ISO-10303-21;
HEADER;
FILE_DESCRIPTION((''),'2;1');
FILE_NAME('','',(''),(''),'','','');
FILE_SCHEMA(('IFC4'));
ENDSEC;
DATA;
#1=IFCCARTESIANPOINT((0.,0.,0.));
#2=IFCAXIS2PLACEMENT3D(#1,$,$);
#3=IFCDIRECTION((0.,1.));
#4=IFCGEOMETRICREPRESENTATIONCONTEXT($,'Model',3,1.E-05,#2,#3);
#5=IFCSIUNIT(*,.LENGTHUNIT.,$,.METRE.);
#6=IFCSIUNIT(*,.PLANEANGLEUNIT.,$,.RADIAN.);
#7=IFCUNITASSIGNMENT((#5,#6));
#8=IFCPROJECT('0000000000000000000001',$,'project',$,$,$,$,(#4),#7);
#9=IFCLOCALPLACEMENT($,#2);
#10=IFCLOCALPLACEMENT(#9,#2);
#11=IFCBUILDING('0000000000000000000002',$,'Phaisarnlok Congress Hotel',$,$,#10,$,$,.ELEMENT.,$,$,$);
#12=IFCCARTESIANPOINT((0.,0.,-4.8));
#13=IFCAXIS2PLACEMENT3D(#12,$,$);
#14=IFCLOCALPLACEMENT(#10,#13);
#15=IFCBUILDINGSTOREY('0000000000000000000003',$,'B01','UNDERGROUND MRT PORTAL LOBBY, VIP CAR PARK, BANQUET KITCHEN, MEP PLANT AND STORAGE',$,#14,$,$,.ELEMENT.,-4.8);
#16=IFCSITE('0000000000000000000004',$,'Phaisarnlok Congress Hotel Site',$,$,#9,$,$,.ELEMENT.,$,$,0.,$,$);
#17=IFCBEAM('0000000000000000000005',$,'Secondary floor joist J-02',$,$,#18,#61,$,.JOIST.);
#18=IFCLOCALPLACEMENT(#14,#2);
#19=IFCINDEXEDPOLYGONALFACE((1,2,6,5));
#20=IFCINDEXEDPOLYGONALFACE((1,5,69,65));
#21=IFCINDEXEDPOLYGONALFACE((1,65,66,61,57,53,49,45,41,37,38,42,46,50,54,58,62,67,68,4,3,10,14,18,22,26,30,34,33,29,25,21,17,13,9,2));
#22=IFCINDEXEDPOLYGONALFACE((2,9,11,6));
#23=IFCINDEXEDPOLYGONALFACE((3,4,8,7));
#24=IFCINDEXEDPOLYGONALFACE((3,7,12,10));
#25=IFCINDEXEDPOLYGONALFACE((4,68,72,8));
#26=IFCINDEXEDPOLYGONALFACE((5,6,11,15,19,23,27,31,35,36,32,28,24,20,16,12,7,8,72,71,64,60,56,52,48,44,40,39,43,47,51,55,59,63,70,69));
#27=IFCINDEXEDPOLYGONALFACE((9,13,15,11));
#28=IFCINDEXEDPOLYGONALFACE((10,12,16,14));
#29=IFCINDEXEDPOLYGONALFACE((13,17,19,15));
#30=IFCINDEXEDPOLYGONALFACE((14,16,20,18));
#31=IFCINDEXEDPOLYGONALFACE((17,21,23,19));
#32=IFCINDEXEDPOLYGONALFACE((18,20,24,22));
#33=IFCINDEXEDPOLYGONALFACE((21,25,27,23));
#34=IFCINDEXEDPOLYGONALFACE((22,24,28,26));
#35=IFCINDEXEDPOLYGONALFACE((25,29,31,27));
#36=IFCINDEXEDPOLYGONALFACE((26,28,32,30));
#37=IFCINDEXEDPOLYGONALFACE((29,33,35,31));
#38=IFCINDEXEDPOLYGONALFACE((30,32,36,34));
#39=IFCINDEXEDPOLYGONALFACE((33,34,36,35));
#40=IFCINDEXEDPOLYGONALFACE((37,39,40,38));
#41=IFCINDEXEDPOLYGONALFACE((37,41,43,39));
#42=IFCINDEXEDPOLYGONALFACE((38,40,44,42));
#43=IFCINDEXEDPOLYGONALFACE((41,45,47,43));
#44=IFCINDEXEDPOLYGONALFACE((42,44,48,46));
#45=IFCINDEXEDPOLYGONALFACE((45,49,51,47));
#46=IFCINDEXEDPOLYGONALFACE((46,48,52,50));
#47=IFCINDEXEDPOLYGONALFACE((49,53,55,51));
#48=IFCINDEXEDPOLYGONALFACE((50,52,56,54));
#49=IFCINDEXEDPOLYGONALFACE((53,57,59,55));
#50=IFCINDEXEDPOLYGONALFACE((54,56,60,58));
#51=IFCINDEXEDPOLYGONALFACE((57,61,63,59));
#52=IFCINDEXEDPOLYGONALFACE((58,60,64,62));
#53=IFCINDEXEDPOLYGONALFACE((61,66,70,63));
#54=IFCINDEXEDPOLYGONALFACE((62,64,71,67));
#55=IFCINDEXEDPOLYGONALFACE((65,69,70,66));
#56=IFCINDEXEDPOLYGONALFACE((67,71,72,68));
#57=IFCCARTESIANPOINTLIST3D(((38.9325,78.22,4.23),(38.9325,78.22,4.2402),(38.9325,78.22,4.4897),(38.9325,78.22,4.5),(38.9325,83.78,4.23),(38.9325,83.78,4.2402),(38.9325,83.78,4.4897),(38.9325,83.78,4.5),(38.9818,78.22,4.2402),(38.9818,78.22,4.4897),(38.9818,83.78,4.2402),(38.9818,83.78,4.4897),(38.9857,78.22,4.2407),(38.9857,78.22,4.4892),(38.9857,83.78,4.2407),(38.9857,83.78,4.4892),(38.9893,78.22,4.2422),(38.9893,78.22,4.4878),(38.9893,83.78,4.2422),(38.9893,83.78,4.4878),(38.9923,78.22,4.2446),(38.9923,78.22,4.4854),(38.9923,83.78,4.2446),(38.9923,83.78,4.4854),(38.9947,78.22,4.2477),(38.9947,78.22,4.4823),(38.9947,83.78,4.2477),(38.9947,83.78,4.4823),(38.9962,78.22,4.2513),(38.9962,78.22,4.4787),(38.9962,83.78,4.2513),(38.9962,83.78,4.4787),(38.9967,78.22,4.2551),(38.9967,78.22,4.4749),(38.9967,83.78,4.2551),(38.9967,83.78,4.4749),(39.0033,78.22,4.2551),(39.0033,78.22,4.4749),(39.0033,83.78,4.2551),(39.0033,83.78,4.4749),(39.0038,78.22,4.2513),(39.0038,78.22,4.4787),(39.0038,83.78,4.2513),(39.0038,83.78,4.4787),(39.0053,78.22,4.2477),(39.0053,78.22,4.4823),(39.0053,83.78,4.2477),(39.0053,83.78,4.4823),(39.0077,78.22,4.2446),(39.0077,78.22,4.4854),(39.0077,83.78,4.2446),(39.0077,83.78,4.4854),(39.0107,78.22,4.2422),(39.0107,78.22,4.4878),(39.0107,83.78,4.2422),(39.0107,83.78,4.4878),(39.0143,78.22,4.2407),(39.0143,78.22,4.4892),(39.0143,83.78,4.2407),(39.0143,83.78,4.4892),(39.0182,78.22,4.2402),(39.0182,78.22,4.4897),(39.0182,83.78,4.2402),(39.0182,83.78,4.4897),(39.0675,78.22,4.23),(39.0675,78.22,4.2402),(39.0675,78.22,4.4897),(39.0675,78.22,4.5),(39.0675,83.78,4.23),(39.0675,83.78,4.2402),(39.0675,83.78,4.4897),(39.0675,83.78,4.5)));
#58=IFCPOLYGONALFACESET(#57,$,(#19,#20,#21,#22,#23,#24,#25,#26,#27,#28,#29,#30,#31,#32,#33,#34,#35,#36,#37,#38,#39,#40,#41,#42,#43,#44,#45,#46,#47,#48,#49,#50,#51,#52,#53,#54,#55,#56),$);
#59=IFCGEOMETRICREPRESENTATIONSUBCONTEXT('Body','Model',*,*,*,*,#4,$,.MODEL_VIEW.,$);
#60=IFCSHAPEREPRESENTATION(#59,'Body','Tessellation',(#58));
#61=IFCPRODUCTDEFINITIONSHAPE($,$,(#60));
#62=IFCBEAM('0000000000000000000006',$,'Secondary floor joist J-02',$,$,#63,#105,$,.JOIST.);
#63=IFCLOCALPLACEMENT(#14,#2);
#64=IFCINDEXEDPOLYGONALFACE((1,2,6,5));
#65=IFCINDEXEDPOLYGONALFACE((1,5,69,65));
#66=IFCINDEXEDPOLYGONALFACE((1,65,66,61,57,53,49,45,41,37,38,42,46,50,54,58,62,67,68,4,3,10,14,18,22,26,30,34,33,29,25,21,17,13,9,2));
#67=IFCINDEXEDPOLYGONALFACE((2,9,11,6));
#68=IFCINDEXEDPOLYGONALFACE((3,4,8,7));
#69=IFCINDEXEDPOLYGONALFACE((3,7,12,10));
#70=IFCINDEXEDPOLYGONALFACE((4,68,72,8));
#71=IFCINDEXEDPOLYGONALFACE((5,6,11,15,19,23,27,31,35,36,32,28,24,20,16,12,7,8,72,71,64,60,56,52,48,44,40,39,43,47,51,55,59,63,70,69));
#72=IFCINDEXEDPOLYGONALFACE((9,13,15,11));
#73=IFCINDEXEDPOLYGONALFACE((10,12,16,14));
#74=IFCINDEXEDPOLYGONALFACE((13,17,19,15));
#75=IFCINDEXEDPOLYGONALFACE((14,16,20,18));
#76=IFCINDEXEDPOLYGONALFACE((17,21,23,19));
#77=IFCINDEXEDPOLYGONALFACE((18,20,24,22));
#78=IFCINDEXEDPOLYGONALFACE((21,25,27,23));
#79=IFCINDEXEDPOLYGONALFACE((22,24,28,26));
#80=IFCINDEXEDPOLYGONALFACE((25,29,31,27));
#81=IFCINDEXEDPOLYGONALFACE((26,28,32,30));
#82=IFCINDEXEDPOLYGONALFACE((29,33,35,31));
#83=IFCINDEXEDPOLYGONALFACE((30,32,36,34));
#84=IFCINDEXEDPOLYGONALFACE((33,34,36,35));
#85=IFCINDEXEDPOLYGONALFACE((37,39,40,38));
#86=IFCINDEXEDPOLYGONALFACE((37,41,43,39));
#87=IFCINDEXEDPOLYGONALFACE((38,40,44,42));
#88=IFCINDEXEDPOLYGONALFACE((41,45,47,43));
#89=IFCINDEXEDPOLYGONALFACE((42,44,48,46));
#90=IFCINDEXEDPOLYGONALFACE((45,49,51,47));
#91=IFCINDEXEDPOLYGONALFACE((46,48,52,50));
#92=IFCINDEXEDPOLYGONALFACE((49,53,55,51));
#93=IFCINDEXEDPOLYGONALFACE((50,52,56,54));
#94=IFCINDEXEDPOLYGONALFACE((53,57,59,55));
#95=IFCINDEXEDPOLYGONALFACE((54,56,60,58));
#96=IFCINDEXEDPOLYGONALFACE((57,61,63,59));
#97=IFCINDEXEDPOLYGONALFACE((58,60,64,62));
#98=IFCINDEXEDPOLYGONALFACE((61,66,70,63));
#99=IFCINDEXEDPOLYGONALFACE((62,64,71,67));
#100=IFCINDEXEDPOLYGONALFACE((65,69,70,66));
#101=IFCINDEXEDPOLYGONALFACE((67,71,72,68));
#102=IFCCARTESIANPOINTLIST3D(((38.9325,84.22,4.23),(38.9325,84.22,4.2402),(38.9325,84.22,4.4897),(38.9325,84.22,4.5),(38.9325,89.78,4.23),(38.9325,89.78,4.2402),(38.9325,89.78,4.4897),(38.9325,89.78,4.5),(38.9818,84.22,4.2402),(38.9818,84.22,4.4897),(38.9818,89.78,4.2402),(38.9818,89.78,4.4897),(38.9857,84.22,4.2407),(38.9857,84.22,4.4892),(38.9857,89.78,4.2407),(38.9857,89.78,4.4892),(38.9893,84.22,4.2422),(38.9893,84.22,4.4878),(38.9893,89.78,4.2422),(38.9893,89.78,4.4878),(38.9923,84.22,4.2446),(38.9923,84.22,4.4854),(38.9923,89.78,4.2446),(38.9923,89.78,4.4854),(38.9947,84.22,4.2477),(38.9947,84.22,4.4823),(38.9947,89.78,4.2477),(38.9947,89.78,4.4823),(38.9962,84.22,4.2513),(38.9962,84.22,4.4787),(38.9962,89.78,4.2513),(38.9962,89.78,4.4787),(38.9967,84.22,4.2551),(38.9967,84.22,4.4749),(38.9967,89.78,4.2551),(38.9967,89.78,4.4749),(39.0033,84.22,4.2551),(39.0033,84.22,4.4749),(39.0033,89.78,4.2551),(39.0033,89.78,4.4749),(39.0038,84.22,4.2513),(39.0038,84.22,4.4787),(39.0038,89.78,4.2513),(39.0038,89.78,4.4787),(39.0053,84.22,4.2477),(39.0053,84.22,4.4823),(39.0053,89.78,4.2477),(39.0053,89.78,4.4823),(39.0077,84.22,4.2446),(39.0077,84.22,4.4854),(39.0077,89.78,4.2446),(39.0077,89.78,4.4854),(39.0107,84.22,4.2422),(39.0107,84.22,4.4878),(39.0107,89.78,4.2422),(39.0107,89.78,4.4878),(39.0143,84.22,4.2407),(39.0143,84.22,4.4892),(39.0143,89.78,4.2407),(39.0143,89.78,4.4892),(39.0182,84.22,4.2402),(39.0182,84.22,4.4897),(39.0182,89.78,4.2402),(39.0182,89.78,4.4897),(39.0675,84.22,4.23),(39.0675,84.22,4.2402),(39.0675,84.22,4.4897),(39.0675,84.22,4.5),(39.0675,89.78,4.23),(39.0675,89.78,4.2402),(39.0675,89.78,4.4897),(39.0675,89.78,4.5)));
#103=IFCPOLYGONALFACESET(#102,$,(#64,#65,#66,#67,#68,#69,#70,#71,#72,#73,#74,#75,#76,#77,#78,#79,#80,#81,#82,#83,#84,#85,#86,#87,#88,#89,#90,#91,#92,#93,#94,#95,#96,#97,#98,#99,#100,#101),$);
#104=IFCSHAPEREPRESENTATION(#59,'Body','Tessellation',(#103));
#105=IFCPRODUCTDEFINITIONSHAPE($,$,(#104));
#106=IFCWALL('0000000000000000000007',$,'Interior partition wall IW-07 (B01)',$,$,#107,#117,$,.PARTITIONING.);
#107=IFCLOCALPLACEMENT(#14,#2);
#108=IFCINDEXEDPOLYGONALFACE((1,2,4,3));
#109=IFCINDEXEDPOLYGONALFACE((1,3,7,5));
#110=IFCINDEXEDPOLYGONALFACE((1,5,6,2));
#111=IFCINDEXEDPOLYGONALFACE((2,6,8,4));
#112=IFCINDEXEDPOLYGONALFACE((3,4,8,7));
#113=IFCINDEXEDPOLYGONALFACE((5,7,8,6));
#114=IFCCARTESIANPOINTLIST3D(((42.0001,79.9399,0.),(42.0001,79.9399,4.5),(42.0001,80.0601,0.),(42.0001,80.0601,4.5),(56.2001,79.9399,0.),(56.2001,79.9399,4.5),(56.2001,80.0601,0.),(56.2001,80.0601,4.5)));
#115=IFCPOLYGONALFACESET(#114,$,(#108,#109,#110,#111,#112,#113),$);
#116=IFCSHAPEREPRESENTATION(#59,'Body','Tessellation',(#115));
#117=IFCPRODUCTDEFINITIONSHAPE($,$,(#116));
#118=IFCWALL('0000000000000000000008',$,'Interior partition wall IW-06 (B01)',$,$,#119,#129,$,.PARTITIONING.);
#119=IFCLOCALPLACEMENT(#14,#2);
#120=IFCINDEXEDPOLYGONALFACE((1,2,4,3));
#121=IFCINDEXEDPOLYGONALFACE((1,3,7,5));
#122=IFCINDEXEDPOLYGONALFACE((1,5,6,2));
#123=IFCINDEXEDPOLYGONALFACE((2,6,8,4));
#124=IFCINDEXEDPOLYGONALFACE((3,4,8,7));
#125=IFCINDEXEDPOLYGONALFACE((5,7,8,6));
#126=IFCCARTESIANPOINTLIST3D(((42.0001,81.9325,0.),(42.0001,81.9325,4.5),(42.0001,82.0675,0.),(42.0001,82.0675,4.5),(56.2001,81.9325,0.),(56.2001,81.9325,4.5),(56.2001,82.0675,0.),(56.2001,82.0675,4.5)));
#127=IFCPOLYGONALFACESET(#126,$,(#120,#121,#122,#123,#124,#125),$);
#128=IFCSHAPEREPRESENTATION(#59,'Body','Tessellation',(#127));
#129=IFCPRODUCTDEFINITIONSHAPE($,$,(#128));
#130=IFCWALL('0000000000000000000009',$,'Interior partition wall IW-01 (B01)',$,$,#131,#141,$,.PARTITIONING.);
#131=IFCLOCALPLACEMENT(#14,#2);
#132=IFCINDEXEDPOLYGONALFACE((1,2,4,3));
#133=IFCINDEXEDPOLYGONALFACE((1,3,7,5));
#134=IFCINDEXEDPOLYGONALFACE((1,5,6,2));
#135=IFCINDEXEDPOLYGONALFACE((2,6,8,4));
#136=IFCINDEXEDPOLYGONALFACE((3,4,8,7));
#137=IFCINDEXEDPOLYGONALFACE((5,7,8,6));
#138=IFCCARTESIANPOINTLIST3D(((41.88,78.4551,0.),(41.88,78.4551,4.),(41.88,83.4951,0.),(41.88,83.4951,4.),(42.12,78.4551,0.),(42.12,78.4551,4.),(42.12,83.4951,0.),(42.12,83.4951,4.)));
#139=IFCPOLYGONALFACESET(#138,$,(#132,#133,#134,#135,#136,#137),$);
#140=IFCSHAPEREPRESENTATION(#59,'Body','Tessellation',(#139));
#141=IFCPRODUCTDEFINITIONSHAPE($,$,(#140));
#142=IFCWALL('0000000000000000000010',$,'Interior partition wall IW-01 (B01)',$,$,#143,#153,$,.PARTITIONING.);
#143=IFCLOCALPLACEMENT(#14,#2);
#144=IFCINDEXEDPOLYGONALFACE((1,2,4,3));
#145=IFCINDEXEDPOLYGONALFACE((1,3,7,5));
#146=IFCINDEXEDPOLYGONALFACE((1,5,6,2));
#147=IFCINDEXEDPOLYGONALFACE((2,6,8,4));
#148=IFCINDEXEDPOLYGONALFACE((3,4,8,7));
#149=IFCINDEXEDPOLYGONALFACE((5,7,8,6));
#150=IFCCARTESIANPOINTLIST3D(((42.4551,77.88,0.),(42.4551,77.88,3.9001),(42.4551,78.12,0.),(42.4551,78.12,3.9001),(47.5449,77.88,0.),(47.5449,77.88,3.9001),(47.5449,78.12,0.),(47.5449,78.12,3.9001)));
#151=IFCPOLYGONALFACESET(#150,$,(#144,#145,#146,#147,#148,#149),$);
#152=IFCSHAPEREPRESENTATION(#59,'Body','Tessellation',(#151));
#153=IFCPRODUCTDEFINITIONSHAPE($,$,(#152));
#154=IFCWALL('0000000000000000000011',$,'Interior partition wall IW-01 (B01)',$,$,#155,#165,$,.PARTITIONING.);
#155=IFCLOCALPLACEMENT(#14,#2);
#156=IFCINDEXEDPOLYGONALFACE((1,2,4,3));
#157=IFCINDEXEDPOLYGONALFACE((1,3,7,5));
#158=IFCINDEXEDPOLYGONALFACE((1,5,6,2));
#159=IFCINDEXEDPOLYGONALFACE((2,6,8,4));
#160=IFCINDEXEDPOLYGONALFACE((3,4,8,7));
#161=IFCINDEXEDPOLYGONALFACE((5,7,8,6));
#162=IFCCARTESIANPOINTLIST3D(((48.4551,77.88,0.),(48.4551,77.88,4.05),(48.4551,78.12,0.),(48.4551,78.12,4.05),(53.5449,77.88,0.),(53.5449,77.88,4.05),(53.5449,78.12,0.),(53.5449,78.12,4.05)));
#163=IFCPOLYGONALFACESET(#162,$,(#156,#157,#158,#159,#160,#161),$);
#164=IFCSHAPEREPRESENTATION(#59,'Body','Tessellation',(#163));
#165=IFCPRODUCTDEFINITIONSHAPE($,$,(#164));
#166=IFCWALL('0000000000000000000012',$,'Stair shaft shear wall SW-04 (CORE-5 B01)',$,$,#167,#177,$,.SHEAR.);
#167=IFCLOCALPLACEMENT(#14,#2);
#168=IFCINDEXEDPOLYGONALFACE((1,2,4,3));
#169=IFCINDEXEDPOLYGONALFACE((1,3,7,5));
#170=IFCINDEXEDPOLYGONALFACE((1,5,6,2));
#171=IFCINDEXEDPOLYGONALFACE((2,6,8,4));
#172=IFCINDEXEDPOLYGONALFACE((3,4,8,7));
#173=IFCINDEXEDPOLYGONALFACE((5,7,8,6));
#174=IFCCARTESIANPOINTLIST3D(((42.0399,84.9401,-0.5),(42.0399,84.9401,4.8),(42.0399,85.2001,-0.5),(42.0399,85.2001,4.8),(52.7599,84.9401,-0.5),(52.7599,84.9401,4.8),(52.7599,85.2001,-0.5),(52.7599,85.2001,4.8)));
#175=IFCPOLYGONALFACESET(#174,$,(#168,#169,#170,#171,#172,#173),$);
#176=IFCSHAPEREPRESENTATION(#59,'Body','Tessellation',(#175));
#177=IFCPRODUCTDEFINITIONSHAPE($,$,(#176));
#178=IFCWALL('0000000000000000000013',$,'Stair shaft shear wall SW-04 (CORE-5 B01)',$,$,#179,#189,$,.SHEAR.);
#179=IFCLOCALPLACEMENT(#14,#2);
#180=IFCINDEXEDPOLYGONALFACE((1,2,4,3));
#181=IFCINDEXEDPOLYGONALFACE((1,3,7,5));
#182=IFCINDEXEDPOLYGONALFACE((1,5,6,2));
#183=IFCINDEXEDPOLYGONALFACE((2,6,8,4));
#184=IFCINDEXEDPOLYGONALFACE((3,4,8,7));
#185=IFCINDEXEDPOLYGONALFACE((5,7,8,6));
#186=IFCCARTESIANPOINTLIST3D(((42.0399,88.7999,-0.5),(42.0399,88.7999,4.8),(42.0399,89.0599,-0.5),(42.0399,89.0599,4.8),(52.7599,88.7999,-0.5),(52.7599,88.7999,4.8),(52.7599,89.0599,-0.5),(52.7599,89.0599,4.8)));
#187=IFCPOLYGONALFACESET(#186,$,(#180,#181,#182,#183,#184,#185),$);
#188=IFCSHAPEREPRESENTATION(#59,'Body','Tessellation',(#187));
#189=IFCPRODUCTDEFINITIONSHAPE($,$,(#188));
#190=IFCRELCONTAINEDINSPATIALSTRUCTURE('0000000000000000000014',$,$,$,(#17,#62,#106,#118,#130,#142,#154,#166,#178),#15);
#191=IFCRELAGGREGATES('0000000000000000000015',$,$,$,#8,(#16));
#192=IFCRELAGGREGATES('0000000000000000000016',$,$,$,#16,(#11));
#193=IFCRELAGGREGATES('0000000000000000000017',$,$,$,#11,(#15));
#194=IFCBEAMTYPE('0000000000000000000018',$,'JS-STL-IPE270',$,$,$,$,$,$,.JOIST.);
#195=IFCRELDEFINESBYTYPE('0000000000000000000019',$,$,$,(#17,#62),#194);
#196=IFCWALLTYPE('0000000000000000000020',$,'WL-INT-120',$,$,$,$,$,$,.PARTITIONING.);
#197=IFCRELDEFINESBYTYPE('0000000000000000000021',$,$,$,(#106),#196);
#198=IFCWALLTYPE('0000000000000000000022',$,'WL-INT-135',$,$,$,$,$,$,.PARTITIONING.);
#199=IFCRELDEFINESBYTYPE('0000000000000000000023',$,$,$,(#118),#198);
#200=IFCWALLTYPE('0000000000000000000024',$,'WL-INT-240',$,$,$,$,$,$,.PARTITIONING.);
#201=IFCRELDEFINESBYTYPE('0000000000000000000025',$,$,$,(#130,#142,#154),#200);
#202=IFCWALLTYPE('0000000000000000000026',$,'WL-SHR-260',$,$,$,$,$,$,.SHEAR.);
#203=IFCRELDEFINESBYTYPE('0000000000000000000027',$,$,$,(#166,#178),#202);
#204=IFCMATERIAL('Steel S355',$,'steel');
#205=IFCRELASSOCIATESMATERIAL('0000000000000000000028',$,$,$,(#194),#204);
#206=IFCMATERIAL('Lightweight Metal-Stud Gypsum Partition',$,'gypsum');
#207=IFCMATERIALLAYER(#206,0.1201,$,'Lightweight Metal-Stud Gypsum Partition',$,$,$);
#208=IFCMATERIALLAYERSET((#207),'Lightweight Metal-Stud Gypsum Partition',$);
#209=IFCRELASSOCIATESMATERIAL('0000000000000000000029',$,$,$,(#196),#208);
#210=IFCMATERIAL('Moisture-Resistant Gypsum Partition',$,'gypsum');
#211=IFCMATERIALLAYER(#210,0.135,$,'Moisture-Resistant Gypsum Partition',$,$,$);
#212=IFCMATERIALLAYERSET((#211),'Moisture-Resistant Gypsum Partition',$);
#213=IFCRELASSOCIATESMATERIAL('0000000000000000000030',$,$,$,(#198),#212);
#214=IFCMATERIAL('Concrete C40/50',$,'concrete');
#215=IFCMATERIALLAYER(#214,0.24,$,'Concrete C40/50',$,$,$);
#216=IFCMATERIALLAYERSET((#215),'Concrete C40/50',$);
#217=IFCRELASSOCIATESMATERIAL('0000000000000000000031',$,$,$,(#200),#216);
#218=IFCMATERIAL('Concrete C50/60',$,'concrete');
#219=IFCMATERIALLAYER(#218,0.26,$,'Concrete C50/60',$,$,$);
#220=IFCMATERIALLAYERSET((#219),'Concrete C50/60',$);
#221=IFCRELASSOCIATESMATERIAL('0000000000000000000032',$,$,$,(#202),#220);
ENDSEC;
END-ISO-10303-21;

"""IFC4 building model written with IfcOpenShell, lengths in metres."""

from ifc_helpers import new_model, si_unit, direction, frame, frame_2d, origin, origin_2d, place, context, subcontext, project, spatial, rectangle, i_section, extrude, material, layer, layer_set, material_profile, profile_set, type_object, element, save


model = new_model("IFC4")

# Units and contexts
model_context = context("Model", 3, precision=1e-05, world=origin(), true_north=direction((0.0, 1.0)))
body_context = subcontext(model_context, "Body", "Model", "MODEL_VIEW")
ifc_project = project(units=[si_unit("LENGTHUNIT", "METRE"), si_unit("PLANEANGLEUNIT", "RADIAN")], contexts=[model_context])

# Site, building, storey
site_placement = place(None, origin())
site = spatial("IfcSite", under=ifc_project, at=site_placement, Name="Phaisarnlok Congress Hotel Site", CompositionType="ELEMENT", RefElevation=0.0)
building_placement = place(site_placement, origin())
building = spatial("IfcBuilding", under=site, at=building_placement, Name="Phaisarnlok Congress Hotel", CompositionType="ELEMENT")
storey_placement = place(building_placement, frame((0.0, 0.0, -4.8)))
storey = spatial("IfcBuildingStorey", under=building, at=storey_placement, Name="B01", Description="UNDERGROUND MRT PORTAL LOBBY, VIP CAR PARK, BANQUET KITCHEN, MEP PLANT AND STORAGE", CompositionType="ELEMENT", Elevation=-4.8)

# Shared definitions
ifc_material_1 = material(Name="Concrete C40/50", Category="concrete")

# Shared definitions
ifc_material_2 = material(Name="Concrete C50/60", Category="concrete")

# Beams
ifc_material_3 = material(Name="Steel S355", Category="steel")
ifc_material_profile_1 = material_profile(ifc_material_3, i_section(OverallWidth=0.135, OverallDepth=0.27, WebThickness=0.0066, FlangeThickness=0.0103, FilletRadius=0.0149, at=origin_2d()), Name="IPE 270")
ifc_profile_set_1 = profile_set([ifc_material_profile_1], Name="Steel S355")
beam_type_1 = type_object("IfcBeamType", Name="JS-STL-IPE270", PredefinedType="JOIST", material=ifc_profile_set_1)
for number, where, z_axis, x_axis, name in (
    (1, (39.0, 78.22, 4.365), (0.0, 1.0, 0.0), (-1.0, 0.0, 0.0), "Secondary floor joist J-02"),
    (2, (39.0, 84.22, 4.365), (0.0, 1.0, 0.0), (-1.0, 0.0, 0.0), "Secondary floor joist J-02"),
):
    element("IfcBeam", number, at=place(storey_placement, frame(where, z_axis=z_axis, x_axis=x_axis)), inside=storey, type_object=beam_type_1, Name=name, PredefinedType="JOIST", context=body_context, shape_type="SweptSolid", body=[
        extrude(i_section(OverallWidth=0.135, OverallDepth=0.27, WebThickness=0.0066, FlangeThickness=0.0103, FilletRadius=0.0149, at=origin_2d()), origin(), (0.0, 0.0, 1.0), 5.5601),
    ])

# Walls
ifc_material_4 = material(Name="Lightweight Metal-Stud Gypsum Partition", Category="gypsum")
ifc_layer_1 = layer(ifc_material_4, 0.1201, Name="Lightweight Metal-Stud Gypsum Partition")
ifc_layer_set_1 = layer_set([ifc_layer_1], Name="Lightweight Metal-Stud Gypsum Partition")
wall_type_1 = type_object("IfcWallType", Name="WL-INT-120", PredefinedType="PARTITIONING", material=ifc_layer_set_1)
wall_1_placement = place(storey_placement, frame((42.0, 80.0, 0.0), z_axis=(0.0, 0.0, 1.0), x_axis=(1.0, 0.0, 0.0)))
element("IfcWall", 3, at=wall_1_placement, inside=storey, type_object=wall_type_1, Name="Interior partition wall IW-07 (B01)", PredefinedType="PARTITIONING", context=body_context, shape_type="SweptSolid", body=[
    extrude(rectangle(XDim=14.2, YDim=0.1201, at=frame_2d((7.1001, 0.0))), origin(), (0.0, 0.0, 1.0), 4.5),
])
ifc_material_5 = material(Name="Moisture-Resistant Gypsum Partition", Category="gypsum")
ifc_layer_2 = layer(ifc_material_5, 0.135, Name="Moisture-Resistant Gypsum Partition")
ifc_layer_set_2 = layer_set([ifc_layer_2], Name="Moisture-Resistant Gypsum Partition")
wall_type_2 = type_object("IfcWallType", Name="WL-INT-135", PredefinedType="PARTITIONING", material=ifc_layer_set_2)
wall_2_placement = place(storey_placement, frame((42.0, 82.0, 0.0), z_axis=(0.0, 0.0, 1.0), x_axis=(1.0, 0.0, 0.0)))
element("IfcWall", 4, at=wall_2_placement, inside=storey, type_object=wall_type_2, Name="Interior partition wall IW-06 (B01)", PredefinedType="PARTITIONING", context=body_context, shape_type="SweptSolid", body=[
    extrude(rectangle(XDim=14.2, YDim=0.135, at=frame_2d((7.1001, 0.0))), origin(), (0.0, 0.0, 1.0), 4.5),
])
ifc_layer_3 = layer(ifc_material_1, 0.24, Name="Concrete C40/50")
ifc_layer_set_3 = layer_set([ifc_layer_3], Name="Concrete C40/50")
wall_type_3 = type_object("IfcWallType", Name="WL-INT-240", PredefinedType="PARTITIONING", material=ifc_layer_set_3)
wall_3_placement = place(storey_placement, frame((42.0, 78.4551, 0.0), z_axis=(0.0, 0.0, 1.0), x_axis=(0.0, 1.0, 0.0)))
element("IfcWall", 5, at=wall_3_placement, inside=storey, type_object=wall_type_3, Name="Interior partition wall IW-01 (B01)", PredefinedType="PARTITIONING", context=body_context, shape_type="SweptSolid", body=[
    extrude(rectangle(XDim=5.04, YDim=0.24, at=frame_2d((2.52, 0.0))), origin(), (0.0, 0.0, 1.0), 4.0),
])
wall_4_placement = place(storey_placement, frame((42.4551, 78.0, 0.0), z_axis=(0.0, 0.0, 1.0), x_axis=(1.0, 0.0, 0.0)))
element("IfcWall", 6, at=wall_4_placement, inside=storey, type_object=wall_type_3, Name="Interior partition wall IW-01 (B01)", PredefinedType="PARTITIONING", context=body_context, shape_type="SweptSolid", body=[
    extrude(rectangle(XDim=5.0898, YDim=0.24, at=frame_2d((2.5449, 0.0))), origin(), (0.0, 0.0, 1.0), 3.9001),
])
wall_5_placement = place(storey_placement, frame((48.4551, 78.0, 0.0), z_axis=(0.0, 0.0, 1.0), x_axis=(1.0, 0.0, 0.0)))
element("IfcWall", 7, at=wall_5_placement, inside=storey, type_object=wall_type_3, Name="Interior partition wall IW-01 (B01)", PredefinedType="PARTITIONING", context=body_context, shape_type="SweptSolid", body=[
    extrude(rectangle(XDim=5.0898, YDim=0.24, at=frame_2d((2.5449, 0.0))), origin(), (0.0, 0.0, 1.0), 4.05),
])
ifc_layer_4 = layer(ifc_material_2, 0.26, Name="Concrete C50/60")
ifc_layer_set_4 = layer_set([ifc_layer_4], Name="Concrete C50/60")
wall_type_4 = type_object("IfcWallType", Name="WL-SHR-260", PredefinedType="SHEAR", material=ifc_layer_set_4)
for number, where, z_axis, x_axis, name in (
    (8, (42.04, 85.0701, -0.5), (0.0, 0.0, 1.0), (1.0, 0.0, 0.0), "Stair shaft shear wall SW-04 (CORE-5 B01)"),
    (9, (42.04, 88.9299, -0.5), (0.0, 0.0, 1.0), (1.0, 0.0, 0.0), "Stair shaft shear wall SW-04 (CORE-5 B01)"),
):
    element("IfcWall", number, at=place(storey_placement, frame(where, z_axis=z_axis, x_axis=x_axis)), inside=storey, type_object=wall_type_4, Name=name, PredefinedType="SHEAR", context=body_context, shape_type="SweptSolid", body=[
        extrude(rectangle(XDim=10.72, YDim=0.26, at=frame_2d((5.3599, 0.0))), origin(), (0.0, 0.0, 1.0), 5.3),
    ])

save(model, "model.ifc")
